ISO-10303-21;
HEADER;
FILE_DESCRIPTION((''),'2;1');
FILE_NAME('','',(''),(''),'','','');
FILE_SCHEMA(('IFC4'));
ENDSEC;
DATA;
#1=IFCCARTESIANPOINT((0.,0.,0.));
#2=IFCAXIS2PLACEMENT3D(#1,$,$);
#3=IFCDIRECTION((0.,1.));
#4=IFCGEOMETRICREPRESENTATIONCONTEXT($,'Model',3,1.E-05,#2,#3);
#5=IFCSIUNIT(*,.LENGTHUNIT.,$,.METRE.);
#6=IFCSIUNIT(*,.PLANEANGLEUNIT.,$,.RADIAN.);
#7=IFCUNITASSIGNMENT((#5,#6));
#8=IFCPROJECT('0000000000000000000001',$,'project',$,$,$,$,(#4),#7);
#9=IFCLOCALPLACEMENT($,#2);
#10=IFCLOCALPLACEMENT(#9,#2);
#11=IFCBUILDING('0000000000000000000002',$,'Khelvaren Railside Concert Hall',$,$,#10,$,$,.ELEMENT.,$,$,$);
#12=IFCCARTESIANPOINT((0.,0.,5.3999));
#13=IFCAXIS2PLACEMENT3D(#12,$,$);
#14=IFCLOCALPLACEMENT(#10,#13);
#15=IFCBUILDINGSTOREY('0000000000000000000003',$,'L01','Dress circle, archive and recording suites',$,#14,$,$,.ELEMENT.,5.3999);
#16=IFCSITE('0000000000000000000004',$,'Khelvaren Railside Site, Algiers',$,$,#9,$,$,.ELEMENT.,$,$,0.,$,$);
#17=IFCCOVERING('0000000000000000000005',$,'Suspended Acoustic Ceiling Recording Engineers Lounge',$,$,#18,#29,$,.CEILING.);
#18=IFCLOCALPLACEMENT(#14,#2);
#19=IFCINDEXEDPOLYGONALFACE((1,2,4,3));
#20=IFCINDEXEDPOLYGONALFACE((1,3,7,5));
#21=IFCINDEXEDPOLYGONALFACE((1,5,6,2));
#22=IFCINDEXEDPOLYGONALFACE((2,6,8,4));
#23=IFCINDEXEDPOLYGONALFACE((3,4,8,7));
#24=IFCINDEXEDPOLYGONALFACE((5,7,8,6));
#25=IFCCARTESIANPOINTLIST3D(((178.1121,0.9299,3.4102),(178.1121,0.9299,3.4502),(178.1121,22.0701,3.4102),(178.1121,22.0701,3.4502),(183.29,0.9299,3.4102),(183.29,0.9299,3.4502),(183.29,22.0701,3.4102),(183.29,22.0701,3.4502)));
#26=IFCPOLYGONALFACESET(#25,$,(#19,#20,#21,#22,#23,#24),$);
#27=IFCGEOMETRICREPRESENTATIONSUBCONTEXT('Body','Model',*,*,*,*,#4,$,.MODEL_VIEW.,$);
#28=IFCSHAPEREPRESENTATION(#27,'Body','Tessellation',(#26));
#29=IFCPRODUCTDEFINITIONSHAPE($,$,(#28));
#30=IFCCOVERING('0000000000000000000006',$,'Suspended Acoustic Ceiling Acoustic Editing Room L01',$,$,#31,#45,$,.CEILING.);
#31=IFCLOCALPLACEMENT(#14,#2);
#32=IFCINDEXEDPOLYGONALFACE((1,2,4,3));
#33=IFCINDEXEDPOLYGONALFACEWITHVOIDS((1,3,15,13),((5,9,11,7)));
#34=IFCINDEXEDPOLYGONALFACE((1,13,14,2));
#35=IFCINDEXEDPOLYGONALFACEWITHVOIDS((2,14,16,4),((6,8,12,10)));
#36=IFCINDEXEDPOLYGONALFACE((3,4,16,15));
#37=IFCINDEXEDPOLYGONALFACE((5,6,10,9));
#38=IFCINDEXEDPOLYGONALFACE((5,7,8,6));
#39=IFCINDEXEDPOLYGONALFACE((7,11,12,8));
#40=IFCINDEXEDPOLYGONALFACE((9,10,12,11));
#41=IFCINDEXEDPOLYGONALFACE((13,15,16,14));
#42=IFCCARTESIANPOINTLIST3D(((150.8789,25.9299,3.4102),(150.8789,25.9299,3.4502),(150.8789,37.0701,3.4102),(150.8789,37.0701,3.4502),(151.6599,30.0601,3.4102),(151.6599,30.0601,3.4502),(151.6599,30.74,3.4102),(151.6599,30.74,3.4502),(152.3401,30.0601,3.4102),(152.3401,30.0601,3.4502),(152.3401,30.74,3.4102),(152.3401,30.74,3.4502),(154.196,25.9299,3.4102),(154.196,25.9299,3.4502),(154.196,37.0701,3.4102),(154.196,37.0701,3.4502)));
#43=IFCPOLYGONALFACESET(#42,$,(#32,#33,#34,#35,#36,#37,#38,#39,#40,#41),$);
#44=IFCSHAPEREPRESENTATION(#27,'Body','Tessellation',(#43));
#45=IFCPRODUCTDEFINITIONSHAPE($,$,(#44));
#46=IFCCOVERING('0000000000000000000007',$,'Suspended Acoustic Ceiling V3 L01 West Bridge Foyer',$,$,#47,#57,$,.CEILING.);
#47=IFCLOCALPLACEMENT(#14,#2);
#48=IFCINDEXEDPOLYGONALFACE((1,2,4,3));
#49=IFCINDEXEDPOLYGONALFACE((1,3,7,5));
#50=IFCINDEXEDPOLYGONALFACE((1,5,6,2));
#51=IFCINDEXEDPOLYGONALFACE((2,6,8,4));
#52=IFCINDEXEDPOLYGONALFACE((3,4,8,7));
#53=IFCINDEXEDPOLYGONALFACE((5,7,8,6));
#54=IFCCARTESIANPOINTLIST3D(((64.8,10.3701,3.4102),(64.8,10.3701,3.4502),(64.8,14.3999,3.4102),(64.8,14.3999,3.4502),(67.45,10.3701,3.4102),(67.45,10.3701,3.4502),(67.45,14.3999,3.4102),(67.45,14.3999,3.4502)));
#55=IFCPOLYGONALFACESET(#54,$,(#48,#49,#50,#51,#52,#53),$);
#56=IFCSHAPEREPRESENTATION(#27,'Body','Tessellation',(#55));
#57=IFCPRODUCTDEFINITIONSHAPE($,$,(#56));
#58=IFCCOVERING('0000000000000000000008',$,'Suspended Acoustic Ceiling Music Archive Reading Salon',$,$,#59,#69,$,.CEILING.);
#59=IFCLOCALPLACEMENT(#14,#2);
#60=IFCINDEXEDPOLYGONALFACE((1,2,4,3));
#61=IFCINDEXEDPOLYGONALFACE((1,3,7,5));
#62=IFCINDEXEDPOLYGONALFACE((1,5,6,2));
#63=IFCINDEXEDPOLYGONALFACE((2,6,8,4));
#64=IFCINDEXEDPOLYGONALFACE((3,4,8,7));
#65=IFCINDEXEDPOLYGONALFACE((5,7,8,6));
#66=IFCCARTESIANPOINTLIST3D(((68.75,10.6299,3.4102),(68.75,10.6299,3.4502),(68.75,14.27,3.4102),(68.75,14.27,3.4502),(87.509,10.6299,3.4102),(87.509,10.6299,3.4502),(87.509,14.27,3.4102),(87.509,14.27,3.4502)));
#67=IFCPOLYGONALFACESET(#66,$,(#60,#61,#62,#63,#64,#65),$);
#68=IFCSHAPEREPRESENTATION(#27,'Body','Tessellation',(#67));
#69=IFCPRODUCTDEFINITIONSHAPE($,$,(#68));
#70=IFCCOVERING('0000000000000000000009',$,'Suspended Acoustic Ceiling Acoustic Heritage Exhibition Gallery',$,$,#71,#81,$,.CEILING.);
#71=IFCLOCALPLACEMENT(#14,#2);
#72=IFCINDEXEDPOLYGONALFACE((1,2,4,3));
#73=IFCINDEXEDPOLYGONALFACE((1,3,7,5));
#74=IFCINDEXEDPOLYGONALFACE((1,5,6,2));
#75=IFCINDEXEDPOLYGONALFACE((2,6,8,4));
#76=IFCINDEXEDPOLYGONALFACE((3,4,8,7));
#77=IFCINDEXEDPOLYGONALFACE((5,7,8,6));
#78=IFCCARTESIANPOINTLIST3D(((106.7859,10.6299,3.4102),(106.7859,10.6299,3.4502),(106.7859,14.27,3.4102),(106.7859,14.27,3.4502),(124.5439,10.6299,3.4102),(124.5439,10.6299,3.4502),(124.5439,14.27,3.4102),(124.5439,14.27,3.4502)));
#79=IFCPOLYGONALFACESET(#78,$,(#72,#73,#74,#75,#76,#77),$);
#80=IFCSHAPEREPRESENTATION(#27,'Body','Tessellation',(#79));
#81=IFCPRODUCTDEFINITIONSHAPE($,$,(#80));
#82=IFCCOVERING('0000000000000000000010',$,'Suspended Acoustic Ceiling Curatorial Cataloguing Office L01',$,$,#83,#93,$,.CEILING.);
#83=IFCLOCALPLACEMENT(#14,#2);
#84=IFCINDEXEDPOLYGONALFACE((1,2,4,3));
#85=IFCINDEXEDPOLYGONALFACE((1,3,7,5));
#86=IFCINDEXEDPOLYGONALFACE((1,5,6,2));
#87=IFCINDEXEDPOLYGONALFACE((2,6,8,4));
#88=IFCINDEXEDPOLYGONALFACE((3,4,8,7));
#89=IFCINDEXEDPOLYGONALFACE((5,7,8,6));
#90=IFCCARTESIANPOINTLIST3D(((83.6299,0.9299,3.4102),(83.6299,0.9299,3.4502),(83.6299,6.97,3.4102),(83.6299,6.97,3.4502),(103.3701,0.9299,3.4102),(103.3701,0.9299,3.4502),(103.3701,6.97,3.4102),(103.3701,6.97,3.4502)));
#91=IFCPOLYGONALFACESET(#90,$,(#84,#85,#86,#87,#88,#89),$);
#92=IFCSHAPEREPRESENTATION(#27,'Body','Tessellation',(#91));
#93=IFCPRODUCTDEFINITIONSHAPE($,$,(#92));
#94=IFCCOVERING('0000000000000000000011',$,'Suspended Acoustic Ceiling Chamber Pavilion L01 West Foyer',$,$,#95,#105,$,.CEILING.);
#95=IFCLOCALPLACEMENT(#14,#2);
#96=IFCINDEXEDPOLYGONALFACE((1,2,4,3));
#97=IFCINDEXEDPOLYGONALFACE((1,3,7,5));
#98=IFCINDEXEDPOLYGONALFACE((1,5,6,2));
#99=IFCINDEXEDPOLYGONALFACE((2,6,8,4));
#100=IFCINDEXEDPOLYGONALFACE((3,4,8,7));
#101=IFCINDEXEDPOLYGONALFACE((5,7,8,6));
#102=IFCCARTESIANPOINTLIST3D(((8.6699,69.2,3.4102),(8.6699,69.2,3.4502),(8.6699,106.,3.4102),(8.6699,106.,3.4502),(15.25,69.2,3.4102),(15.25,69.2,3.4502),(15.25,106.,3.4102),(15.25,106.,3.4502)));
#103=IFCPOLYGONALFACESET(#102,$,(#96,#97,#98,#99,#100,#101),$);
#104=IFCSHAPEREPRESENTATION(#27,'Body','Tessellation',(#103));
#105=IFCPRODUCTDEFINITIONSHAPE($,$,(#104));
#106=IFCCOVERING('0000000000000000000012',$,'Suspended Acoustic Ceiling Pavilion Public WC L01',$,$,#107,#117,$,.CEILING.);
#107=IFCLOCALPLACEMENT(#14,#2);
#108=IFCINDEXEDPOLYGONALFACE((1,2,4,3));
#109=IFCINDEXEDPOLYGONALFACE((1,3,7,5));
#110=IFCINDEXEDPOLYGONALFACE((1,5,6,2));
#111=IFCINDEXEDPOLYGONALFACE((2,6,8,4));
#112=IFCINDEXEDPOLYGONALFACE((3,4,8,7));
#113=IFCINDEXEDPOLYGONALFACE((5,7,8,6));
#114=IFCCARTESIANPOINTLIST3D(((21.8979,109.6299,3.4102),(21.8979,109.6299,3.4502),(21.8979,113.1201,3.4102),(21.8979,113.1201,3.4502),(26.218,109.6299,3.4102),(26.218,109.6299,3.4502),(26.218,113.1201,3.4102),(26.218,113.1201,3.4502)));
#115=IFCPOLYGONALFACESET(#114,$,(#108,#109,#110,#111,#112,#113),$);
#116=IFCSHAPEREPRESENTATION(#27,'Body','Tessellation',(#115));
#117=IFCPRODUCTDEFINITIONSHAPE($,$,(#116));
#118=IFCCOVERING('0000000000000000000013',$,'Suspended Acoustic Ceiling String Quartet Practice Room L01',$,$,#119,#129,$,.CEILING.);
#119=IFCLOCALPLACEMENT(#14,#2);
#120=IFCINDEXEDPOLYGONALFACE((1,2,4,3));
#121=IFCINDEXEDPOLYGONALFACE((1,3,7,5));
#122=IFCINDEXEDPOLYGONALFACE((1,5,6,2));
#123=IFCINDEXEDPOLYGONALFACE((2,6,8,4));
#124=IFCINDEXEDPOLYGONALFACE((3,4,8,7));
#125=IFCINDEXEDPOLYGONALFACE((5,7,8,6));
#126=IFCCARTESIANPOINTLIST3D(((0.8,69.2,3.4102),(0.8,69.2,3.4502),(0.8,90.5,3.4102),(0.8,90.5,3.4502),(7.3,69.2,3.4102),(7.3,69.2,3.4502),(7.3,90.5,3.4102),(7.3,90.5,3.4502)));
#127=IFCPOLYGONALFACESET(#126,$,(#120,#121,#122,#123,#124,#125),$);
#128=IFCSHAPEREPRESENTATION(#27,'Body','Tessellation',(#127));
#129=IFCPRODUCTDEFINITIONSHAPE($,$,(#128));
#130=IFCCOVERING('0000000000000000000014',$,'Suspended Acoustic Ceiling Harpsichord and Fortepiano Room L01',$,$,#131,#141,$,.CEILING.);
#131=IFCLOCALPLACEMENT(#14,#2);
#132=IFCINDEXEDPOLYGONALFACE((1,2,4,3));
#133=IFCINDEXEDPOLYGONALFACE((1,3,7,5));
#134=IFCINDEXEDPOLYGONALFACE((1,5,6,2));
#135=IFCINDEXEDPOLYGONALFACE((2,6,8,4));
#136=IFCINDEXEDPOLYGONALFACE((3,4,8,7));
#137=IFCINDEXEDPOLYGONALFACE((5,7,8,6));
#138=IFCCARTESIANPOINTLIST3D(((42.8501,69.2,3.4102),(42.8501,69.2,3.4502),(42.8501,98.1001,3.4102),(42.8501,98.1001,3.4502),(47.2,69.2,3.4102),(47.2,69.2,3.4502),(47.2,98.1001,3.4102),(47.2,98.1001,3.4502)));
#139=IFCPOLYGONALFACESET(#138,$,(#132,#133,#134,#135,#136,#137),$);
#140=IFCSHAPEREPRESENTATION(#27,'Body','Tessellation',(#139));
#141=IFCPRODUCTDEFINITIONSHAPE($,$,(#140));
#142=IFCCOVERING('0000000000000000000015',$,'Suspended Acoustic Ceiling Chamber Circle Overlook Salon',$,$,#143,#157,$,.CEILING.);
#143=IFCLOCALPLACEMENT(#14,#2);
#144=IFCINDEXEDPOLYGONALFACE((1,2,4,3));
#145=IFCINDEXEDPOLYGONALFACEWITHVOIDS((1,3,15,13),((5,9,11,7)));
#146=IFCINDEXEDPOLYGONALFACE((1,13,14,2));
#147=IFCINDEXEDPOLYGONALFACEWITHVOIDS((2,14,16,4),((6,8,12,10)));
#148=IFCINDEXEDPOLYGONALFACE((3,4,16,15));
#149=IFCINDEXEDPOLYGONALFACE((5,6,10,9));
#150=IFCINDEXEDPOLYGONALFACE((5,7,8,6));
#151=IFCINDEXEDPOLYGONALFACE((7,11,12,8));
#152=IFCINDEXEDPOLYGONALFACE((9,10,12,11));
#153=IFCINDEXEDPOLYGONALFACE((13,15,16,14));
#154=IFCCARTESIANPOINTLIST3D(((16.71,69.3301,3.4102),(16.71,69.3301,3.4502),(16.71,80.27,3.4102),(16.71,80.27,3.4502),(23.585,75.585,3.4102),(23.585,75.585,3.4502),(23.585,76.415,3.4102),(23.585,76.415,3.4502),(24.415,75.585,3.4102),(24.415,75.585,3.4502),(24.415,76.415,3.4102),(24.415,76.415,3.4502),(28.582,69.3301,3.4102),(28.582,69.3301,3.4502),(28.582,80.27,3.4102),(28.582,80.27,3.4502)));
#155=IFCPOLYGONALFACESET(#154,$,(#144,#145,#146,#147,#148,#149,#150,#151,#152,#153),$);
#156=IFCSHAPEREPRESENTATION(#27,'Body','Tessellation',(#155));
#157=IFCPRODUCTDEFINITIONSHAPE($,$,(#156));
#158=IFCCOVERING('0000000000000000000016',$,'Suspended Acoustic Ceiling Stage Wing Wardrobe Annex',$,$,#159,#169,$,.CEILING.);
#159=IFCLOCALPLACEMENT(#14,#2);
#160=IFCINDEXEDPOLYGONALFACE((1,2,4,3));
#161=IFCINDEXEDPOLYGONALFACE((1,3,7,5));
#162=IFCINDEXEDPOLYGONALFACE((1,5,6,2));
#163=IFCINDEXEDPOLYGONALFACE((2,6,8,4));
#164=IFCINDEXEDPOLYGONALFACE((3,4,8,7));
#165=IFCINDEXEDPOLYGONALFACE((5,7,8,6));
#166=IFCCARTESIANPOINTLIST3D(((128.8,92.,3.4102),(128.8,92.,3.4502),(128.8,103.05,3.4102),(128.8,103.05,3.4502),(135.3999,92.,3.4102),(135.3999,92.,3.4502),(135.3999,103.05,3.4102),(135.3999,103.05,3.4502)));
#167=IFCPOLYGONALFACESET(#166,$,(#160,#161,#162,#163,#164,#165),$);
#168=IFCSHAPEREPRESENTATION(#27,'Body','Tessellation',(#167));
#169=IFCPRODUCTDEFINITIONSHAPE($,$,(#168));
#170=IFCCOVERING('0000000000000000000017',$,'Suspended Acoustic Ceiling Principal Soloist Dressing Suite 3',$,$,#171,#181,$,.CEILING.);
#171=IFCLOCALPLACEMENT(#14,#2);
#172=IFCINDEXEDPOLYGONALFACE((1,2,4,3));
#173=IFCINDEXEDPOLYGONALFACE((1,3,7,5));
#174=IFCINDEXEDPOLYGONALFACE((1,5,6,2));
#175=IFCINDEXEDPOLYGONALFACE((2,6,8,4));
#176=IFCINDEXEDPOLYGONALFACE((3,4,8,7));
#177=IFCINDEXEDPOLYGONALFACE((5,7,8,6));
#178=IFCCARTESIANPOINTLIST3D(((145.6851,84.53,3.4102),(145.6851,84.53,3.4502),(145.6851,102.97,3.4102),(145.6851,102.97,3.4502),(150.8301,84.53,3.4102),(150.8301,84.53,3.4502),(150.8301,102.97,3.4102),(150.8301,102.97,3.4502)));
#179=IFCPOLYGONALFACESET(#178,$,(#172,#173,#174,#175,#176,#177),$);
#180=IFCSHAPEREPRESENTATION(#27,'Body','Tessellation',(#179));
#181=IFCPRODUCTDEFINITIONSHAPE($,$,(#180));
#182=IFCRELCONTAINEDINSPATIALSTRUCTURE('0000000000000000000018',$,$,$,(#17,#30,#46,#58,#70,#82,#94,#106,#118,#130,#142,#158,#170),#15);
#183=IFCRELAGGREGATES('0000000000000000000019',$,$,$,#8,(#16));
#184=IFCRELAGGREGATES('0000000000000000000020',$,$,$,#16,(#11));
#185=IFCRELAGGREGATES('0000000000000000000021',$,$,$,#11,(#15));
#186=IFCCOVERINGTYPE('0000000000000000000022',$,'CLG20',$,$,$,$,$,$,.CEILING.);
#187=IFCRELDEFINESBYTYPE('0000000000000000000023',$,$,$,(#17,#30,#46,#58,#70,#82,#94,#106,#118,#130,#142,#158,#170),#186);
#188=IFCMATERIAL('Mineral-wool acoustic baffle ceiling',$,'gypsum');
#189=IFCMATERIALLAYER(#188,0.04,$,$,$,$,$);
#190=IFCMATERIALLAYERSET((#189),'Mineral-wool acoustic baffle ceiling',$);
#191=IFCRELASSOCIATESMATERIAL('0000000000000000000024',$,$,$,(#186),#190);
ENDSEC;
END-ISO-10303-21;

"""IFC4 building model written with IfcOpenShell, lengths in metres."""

from ifc_helpers import new_model, si_unit, direction, frame, origin, place, context, subcontext, project, spatial, polyline, outline, extrude, material, layer, layer_set, type_object, element, save


model = new_model("IFC4")

# Units and contexts
model_context = context("Model", 3, precision=1e-05, world=origin(), true_north=direction((0.0, 1.0)))
body_context = subcontext(model_context, "Body", "Model", "MODEL_VIEW")
ifc_project = project(units=[si_unit("LENGTHUNIT", "METRE"), si_unit("PLANEANGLEUNIT", "RADIAN")], contexts=[model_context])

# Site, building, storey
site_placement = place(None, origin())
site = spatial("IfcSite", under=ifc_project, at=site_placement, Name="Khelvaren Railside Site, Algiers", CompositionType="ELEMENT", RefElevation=0.0)
building_placement = place(site_placement, origin())
building = spatial("IfcBuilding", under=site, at=building_placement, Name="Khelvaren Railside Concert Hall", CompositionType="ELEMENT")
storey_placement = place(building_placement, frame((0.0, 0.0, 5.3999)))
storey = spatial("IfcBuildingStorey", under=building, at=storey_placement, Name="L01", Description="Dress circle, archive and recording suites", CompositionType="ELEMENT", Elevation=5.3999)

# Coverings
ifc_material_1 = material(Name="Mineral-wool acoustic baffle ceiling", Category="gypsum")
ifc_layer_1 = layer(ifc_material_1, 0.04)
ifc_layer_set_1 = layer_set([ifc_layer_1], Name="Mineral-wool acoustic baffle ceiling")
covering_type_1 = type_object("IfcCoveringType", Name="CLG20", PredefinedType="CEILING", material=ifc_layer_set_1)
covering_1_placement = place(storey_placement, frame((0.0, 0.0, 3.4102)))
element("IfcCovering", 1, at=covering_1_placement, inside=storey, type_object=covering_type_1, Name="Suspended Acoustic Ceiling Recording Engineers Lounge", PredefinedType="CEILING", context=body_context, shape_type="SweptSolid", body=[
    extrude(outline(polyline([(178.1121, 0.9299), (183.29, 0.9299), (183.29, 22.0701), (178.1121, 22.0701), (178.1121, 0.9299)])), origin(), (0.0, 0.0, 1.0), 0.04),
])
covering_2_placement = place(storey_placement, frame((0.0, 0.0, 3.4102)))
element("IfcCovering", 2, at=covering_2_placement, inside=storey, type_object=covering_type_1, Name="Suspended Acoustic Ceiling Acoustic Editing Room L01", PredefinedType="CEILING", context=body_context, shape_type="SweptSolid", body=[
    extrude(outline(polyline([(150.8789, 25.9299), (154.196, 25.9299), (154.196, 37.0701), (150.8789, 37.0701), (150.8789, 25.9299)]), holes=[polyline([(151.6599, 30.0601), (152.3401, 30.0601), (152.3401, 30.74), (151.6599, 30.74), (151.6599, 30.0601)])]), origin(), (0.0, 0.0, 1.0), 0.04),
])
covering_3_placement = place(storey_placement, frame((0.0, 0.0, 3.4102)))
element("IfcCovering", 3, at=covering_3_placement, inside=storey, type_object=covering_type_1, Name="Suspended Acoustic Ceiling V3 L01 West Bridge Foyer", PredefinedType="CEILING", context=body_context, shape_type="SweptSolid", body=[
    extrude(outline(polyline([(64.8, 10.3701), (67.45, 10.3701), (67.45, 14.3999), (64.8, 14.3999), (64.8, 10.3701)])), origin(), (0.0, 0.0, 1.0), 0.04),
])
covering_4_placement = place(storey_placement, frame((0.0, 0.0, 3.4102)))
element("IfcCovering", 4, at=covering_4_placement, inside=storey, type_object=covering_type_1, Name="Suspended Acoustic Ceiling Music Archive Reading Salon", PredefinedType="CEILING", context=body_context, shape_type="SweptSolid", body=[
    extrude(outline(polyline([(68.75, 10.6299), (87.509, 10.6299), (87.509, 14.27), (68.75, 14.27), (68.75, 10.6299)])), origin(), (0.0, 0.0, 1.0), 0.04),
])
covering_5_placement = place(storey_placement, frame((0.0, 0.0, 3.4102)))
element("IfcCovering", 5, at=covering_5_placement, inside=storey, type_object=covering_type_1, Name="Suspended Acoustic Ceiling Acoustic Heritage Exhibition Gallery", PredefinedType="CEILING", context=body_context, shape_type="SweptSolid", body=[
    extrude(outline(polyline([(106.7859, 10.6299), (124.5439, 10.6299), (124.5439, 14.27), (106.7859, 14.27), (106.7859, 10.6299)])), origin(), (0.0, 0.0, 1.0), 0.04),
])
covering_6_placement = place(storey_placement, frame((0.0, 0.0, 3.4102)))
element("IfcCovering", 6, at=covering_6_placement, inside=storey, type_object=covering_type_1, Name="Suspended Acoustic Ceiling Curatorial Cataloguing Office L01", PredefinedType="CEILING", context=body_context, shape_type="SweptSolid", body=[
    extrude(outline(polyline([(83.6299, 0.9299), (103.3701, 0.9299), (103.3701, 6.97), (83.6299, 6.97), (83.6299, 0.9299)])), origin(), (0.0, 0.0, 1.0), 0.04),
])
covering_7_placement = place(storey_placement, frame((0.0, 0.0, 3.4102)))
element("IfcCovering", 7, at=covering_7_placement, inside=storey, type_object=covering_type_1, Name="Suspended Acoustic Ceiling Chamber Pavilion L01 West Foyer", PredefinedType="CEILING", context=body_context, shape_type="SweptSolid", body=[
    extrude(outline(polyline([(8.6699, 69.2), (15.25, 69.2), (15.25, 106.0), (8.6699, 106.0), (8.6699, 69.2)])), origin(), (0.0, 0.0, 1.0), 0.04),
])
covering_8_placement = place(storey_placement, frame((0.0, 0.0, 3.4102)))
element("IfcCovering", 8, at=covering_8_placement, inside=storey, type_object=covering_type_1, Name="Suspended Acoustic Ceiling Pavilion Public WC L01", PredefinedType="CEILING", context=body_context, shape_type="SweptSolid", body=[
    extrude(outline(polyline([(21.8979, 109.6299), (26.218, 109.6299), (26.218, 113.1201), (21.8979, 113.1201), (21.8979, 109.6299)])), origin(), (0.0, 0.0, 1.0), 0.04),
])
covering_9_placement = place(storey_placement, frame((0.0, 0.0, 3.4102)))
element("IfcCovering", 9, at=covering_9_placement, inside=storey, type_object=covering_type_1, Name="Suspended Acoustic Ceiling String Quartet Practice Room L01", PredefinedType="CEILING", context=body_context, shape_type="SweptSolid", body=[
    extrude(outline(polyline([(0.8, 69.2), (7.3, 69.2), (7.3, 90.5), (0.8, 90.5), (0.8, 69.2)])), origin(), (0.0, 0.0, 1.0), 0.04),
])
covering_10_placement = place(storey_placement, frame((0.0, 0.0, 3.4102)))
element("IfcCovering", 10, at=covering_10_placement, inside=storey, type_object=covering_type_1, Name="Suspended Acoustic Ceiling Harpsichord and Fortepiano Room L01", PredefinedType="CEILING", context=body_context, shape_type="SweptSolid", body=[
    extrude(outline(polyline([(42.8501, 69.2), (47.2, 69.2), (47.2, 98.1001), (42.8501, 98.1001), (42.8501, 69.2)])), origin(), (0.0, 0.0, 1.0), 0.04),
])
covering_11_placement = place(storey_placement, frame((0.0, 0.0, 3.4102)))
element("IfcCovering", 11, at=covering_11_placement, inside=storey, type_object=covering_type_1, Name="Suspended Acoustic Ceiling Chamber Circle Overlook Salon", PredefinedType="CEILING", context=body_context, shape_type="SweptSolid", body=[
    extrude(outline(polyline([(16.71, 69.3301), (28.582, 69.3301), (28.582, 80.27), (16.71, 80.27), (16.71, 69.3301)]), holes=[polyline([(23.585, 75.585), (24.415, 75.585), (24.415, 76.415), (23.585, 76.415), (23.585, 75.585)])]), origin(), (0.0, 0.0, 1.0), 0.04),
])
covering_12_placement = place(storey_placement, frame((0.0, 0.0, 3.4102)))
element("IfcCovering", 12, at=covering_12_placement, inside=storey, type_object=covering_type_1, Name="Suspended Acoustic Ceiling Stage Wing Wardrobe Annex", PredefinedType="CEILING", context=body_context, shape_type="SweptSolid", body=[
    extrude(outline(polyline([(128.8, 92.0), (135.3999, 92.0), (135.3999, 103.05), (128.8, 103.05), (128.8, 92.0)])), origin(), (0.0, 0.0, 1.0), 0.04),
])
covering_13_placement = place(storey_placement, frame((0.0, 0.0, 3.4102)))
element("IfcCovering", 13, at=covering_13_placement, inside=storey, type_object=covering_type_1, Name="Suspended Acoustic Ceiling Principal Soloist Dressing Suite 3", PredefinedType="CEILING", context=body_context, shape_type="SweptSolid", body=[
    extrude(outline(polyline([(145.6851, 84.53), (150.8301, 84.53), (150.8301, 102.97), (145.6851, 102.97), (145.6851, 84.53)])), origin(), (0.0, 0.0, 1.0), 0.04),
])

save(model, "model.ifc")
